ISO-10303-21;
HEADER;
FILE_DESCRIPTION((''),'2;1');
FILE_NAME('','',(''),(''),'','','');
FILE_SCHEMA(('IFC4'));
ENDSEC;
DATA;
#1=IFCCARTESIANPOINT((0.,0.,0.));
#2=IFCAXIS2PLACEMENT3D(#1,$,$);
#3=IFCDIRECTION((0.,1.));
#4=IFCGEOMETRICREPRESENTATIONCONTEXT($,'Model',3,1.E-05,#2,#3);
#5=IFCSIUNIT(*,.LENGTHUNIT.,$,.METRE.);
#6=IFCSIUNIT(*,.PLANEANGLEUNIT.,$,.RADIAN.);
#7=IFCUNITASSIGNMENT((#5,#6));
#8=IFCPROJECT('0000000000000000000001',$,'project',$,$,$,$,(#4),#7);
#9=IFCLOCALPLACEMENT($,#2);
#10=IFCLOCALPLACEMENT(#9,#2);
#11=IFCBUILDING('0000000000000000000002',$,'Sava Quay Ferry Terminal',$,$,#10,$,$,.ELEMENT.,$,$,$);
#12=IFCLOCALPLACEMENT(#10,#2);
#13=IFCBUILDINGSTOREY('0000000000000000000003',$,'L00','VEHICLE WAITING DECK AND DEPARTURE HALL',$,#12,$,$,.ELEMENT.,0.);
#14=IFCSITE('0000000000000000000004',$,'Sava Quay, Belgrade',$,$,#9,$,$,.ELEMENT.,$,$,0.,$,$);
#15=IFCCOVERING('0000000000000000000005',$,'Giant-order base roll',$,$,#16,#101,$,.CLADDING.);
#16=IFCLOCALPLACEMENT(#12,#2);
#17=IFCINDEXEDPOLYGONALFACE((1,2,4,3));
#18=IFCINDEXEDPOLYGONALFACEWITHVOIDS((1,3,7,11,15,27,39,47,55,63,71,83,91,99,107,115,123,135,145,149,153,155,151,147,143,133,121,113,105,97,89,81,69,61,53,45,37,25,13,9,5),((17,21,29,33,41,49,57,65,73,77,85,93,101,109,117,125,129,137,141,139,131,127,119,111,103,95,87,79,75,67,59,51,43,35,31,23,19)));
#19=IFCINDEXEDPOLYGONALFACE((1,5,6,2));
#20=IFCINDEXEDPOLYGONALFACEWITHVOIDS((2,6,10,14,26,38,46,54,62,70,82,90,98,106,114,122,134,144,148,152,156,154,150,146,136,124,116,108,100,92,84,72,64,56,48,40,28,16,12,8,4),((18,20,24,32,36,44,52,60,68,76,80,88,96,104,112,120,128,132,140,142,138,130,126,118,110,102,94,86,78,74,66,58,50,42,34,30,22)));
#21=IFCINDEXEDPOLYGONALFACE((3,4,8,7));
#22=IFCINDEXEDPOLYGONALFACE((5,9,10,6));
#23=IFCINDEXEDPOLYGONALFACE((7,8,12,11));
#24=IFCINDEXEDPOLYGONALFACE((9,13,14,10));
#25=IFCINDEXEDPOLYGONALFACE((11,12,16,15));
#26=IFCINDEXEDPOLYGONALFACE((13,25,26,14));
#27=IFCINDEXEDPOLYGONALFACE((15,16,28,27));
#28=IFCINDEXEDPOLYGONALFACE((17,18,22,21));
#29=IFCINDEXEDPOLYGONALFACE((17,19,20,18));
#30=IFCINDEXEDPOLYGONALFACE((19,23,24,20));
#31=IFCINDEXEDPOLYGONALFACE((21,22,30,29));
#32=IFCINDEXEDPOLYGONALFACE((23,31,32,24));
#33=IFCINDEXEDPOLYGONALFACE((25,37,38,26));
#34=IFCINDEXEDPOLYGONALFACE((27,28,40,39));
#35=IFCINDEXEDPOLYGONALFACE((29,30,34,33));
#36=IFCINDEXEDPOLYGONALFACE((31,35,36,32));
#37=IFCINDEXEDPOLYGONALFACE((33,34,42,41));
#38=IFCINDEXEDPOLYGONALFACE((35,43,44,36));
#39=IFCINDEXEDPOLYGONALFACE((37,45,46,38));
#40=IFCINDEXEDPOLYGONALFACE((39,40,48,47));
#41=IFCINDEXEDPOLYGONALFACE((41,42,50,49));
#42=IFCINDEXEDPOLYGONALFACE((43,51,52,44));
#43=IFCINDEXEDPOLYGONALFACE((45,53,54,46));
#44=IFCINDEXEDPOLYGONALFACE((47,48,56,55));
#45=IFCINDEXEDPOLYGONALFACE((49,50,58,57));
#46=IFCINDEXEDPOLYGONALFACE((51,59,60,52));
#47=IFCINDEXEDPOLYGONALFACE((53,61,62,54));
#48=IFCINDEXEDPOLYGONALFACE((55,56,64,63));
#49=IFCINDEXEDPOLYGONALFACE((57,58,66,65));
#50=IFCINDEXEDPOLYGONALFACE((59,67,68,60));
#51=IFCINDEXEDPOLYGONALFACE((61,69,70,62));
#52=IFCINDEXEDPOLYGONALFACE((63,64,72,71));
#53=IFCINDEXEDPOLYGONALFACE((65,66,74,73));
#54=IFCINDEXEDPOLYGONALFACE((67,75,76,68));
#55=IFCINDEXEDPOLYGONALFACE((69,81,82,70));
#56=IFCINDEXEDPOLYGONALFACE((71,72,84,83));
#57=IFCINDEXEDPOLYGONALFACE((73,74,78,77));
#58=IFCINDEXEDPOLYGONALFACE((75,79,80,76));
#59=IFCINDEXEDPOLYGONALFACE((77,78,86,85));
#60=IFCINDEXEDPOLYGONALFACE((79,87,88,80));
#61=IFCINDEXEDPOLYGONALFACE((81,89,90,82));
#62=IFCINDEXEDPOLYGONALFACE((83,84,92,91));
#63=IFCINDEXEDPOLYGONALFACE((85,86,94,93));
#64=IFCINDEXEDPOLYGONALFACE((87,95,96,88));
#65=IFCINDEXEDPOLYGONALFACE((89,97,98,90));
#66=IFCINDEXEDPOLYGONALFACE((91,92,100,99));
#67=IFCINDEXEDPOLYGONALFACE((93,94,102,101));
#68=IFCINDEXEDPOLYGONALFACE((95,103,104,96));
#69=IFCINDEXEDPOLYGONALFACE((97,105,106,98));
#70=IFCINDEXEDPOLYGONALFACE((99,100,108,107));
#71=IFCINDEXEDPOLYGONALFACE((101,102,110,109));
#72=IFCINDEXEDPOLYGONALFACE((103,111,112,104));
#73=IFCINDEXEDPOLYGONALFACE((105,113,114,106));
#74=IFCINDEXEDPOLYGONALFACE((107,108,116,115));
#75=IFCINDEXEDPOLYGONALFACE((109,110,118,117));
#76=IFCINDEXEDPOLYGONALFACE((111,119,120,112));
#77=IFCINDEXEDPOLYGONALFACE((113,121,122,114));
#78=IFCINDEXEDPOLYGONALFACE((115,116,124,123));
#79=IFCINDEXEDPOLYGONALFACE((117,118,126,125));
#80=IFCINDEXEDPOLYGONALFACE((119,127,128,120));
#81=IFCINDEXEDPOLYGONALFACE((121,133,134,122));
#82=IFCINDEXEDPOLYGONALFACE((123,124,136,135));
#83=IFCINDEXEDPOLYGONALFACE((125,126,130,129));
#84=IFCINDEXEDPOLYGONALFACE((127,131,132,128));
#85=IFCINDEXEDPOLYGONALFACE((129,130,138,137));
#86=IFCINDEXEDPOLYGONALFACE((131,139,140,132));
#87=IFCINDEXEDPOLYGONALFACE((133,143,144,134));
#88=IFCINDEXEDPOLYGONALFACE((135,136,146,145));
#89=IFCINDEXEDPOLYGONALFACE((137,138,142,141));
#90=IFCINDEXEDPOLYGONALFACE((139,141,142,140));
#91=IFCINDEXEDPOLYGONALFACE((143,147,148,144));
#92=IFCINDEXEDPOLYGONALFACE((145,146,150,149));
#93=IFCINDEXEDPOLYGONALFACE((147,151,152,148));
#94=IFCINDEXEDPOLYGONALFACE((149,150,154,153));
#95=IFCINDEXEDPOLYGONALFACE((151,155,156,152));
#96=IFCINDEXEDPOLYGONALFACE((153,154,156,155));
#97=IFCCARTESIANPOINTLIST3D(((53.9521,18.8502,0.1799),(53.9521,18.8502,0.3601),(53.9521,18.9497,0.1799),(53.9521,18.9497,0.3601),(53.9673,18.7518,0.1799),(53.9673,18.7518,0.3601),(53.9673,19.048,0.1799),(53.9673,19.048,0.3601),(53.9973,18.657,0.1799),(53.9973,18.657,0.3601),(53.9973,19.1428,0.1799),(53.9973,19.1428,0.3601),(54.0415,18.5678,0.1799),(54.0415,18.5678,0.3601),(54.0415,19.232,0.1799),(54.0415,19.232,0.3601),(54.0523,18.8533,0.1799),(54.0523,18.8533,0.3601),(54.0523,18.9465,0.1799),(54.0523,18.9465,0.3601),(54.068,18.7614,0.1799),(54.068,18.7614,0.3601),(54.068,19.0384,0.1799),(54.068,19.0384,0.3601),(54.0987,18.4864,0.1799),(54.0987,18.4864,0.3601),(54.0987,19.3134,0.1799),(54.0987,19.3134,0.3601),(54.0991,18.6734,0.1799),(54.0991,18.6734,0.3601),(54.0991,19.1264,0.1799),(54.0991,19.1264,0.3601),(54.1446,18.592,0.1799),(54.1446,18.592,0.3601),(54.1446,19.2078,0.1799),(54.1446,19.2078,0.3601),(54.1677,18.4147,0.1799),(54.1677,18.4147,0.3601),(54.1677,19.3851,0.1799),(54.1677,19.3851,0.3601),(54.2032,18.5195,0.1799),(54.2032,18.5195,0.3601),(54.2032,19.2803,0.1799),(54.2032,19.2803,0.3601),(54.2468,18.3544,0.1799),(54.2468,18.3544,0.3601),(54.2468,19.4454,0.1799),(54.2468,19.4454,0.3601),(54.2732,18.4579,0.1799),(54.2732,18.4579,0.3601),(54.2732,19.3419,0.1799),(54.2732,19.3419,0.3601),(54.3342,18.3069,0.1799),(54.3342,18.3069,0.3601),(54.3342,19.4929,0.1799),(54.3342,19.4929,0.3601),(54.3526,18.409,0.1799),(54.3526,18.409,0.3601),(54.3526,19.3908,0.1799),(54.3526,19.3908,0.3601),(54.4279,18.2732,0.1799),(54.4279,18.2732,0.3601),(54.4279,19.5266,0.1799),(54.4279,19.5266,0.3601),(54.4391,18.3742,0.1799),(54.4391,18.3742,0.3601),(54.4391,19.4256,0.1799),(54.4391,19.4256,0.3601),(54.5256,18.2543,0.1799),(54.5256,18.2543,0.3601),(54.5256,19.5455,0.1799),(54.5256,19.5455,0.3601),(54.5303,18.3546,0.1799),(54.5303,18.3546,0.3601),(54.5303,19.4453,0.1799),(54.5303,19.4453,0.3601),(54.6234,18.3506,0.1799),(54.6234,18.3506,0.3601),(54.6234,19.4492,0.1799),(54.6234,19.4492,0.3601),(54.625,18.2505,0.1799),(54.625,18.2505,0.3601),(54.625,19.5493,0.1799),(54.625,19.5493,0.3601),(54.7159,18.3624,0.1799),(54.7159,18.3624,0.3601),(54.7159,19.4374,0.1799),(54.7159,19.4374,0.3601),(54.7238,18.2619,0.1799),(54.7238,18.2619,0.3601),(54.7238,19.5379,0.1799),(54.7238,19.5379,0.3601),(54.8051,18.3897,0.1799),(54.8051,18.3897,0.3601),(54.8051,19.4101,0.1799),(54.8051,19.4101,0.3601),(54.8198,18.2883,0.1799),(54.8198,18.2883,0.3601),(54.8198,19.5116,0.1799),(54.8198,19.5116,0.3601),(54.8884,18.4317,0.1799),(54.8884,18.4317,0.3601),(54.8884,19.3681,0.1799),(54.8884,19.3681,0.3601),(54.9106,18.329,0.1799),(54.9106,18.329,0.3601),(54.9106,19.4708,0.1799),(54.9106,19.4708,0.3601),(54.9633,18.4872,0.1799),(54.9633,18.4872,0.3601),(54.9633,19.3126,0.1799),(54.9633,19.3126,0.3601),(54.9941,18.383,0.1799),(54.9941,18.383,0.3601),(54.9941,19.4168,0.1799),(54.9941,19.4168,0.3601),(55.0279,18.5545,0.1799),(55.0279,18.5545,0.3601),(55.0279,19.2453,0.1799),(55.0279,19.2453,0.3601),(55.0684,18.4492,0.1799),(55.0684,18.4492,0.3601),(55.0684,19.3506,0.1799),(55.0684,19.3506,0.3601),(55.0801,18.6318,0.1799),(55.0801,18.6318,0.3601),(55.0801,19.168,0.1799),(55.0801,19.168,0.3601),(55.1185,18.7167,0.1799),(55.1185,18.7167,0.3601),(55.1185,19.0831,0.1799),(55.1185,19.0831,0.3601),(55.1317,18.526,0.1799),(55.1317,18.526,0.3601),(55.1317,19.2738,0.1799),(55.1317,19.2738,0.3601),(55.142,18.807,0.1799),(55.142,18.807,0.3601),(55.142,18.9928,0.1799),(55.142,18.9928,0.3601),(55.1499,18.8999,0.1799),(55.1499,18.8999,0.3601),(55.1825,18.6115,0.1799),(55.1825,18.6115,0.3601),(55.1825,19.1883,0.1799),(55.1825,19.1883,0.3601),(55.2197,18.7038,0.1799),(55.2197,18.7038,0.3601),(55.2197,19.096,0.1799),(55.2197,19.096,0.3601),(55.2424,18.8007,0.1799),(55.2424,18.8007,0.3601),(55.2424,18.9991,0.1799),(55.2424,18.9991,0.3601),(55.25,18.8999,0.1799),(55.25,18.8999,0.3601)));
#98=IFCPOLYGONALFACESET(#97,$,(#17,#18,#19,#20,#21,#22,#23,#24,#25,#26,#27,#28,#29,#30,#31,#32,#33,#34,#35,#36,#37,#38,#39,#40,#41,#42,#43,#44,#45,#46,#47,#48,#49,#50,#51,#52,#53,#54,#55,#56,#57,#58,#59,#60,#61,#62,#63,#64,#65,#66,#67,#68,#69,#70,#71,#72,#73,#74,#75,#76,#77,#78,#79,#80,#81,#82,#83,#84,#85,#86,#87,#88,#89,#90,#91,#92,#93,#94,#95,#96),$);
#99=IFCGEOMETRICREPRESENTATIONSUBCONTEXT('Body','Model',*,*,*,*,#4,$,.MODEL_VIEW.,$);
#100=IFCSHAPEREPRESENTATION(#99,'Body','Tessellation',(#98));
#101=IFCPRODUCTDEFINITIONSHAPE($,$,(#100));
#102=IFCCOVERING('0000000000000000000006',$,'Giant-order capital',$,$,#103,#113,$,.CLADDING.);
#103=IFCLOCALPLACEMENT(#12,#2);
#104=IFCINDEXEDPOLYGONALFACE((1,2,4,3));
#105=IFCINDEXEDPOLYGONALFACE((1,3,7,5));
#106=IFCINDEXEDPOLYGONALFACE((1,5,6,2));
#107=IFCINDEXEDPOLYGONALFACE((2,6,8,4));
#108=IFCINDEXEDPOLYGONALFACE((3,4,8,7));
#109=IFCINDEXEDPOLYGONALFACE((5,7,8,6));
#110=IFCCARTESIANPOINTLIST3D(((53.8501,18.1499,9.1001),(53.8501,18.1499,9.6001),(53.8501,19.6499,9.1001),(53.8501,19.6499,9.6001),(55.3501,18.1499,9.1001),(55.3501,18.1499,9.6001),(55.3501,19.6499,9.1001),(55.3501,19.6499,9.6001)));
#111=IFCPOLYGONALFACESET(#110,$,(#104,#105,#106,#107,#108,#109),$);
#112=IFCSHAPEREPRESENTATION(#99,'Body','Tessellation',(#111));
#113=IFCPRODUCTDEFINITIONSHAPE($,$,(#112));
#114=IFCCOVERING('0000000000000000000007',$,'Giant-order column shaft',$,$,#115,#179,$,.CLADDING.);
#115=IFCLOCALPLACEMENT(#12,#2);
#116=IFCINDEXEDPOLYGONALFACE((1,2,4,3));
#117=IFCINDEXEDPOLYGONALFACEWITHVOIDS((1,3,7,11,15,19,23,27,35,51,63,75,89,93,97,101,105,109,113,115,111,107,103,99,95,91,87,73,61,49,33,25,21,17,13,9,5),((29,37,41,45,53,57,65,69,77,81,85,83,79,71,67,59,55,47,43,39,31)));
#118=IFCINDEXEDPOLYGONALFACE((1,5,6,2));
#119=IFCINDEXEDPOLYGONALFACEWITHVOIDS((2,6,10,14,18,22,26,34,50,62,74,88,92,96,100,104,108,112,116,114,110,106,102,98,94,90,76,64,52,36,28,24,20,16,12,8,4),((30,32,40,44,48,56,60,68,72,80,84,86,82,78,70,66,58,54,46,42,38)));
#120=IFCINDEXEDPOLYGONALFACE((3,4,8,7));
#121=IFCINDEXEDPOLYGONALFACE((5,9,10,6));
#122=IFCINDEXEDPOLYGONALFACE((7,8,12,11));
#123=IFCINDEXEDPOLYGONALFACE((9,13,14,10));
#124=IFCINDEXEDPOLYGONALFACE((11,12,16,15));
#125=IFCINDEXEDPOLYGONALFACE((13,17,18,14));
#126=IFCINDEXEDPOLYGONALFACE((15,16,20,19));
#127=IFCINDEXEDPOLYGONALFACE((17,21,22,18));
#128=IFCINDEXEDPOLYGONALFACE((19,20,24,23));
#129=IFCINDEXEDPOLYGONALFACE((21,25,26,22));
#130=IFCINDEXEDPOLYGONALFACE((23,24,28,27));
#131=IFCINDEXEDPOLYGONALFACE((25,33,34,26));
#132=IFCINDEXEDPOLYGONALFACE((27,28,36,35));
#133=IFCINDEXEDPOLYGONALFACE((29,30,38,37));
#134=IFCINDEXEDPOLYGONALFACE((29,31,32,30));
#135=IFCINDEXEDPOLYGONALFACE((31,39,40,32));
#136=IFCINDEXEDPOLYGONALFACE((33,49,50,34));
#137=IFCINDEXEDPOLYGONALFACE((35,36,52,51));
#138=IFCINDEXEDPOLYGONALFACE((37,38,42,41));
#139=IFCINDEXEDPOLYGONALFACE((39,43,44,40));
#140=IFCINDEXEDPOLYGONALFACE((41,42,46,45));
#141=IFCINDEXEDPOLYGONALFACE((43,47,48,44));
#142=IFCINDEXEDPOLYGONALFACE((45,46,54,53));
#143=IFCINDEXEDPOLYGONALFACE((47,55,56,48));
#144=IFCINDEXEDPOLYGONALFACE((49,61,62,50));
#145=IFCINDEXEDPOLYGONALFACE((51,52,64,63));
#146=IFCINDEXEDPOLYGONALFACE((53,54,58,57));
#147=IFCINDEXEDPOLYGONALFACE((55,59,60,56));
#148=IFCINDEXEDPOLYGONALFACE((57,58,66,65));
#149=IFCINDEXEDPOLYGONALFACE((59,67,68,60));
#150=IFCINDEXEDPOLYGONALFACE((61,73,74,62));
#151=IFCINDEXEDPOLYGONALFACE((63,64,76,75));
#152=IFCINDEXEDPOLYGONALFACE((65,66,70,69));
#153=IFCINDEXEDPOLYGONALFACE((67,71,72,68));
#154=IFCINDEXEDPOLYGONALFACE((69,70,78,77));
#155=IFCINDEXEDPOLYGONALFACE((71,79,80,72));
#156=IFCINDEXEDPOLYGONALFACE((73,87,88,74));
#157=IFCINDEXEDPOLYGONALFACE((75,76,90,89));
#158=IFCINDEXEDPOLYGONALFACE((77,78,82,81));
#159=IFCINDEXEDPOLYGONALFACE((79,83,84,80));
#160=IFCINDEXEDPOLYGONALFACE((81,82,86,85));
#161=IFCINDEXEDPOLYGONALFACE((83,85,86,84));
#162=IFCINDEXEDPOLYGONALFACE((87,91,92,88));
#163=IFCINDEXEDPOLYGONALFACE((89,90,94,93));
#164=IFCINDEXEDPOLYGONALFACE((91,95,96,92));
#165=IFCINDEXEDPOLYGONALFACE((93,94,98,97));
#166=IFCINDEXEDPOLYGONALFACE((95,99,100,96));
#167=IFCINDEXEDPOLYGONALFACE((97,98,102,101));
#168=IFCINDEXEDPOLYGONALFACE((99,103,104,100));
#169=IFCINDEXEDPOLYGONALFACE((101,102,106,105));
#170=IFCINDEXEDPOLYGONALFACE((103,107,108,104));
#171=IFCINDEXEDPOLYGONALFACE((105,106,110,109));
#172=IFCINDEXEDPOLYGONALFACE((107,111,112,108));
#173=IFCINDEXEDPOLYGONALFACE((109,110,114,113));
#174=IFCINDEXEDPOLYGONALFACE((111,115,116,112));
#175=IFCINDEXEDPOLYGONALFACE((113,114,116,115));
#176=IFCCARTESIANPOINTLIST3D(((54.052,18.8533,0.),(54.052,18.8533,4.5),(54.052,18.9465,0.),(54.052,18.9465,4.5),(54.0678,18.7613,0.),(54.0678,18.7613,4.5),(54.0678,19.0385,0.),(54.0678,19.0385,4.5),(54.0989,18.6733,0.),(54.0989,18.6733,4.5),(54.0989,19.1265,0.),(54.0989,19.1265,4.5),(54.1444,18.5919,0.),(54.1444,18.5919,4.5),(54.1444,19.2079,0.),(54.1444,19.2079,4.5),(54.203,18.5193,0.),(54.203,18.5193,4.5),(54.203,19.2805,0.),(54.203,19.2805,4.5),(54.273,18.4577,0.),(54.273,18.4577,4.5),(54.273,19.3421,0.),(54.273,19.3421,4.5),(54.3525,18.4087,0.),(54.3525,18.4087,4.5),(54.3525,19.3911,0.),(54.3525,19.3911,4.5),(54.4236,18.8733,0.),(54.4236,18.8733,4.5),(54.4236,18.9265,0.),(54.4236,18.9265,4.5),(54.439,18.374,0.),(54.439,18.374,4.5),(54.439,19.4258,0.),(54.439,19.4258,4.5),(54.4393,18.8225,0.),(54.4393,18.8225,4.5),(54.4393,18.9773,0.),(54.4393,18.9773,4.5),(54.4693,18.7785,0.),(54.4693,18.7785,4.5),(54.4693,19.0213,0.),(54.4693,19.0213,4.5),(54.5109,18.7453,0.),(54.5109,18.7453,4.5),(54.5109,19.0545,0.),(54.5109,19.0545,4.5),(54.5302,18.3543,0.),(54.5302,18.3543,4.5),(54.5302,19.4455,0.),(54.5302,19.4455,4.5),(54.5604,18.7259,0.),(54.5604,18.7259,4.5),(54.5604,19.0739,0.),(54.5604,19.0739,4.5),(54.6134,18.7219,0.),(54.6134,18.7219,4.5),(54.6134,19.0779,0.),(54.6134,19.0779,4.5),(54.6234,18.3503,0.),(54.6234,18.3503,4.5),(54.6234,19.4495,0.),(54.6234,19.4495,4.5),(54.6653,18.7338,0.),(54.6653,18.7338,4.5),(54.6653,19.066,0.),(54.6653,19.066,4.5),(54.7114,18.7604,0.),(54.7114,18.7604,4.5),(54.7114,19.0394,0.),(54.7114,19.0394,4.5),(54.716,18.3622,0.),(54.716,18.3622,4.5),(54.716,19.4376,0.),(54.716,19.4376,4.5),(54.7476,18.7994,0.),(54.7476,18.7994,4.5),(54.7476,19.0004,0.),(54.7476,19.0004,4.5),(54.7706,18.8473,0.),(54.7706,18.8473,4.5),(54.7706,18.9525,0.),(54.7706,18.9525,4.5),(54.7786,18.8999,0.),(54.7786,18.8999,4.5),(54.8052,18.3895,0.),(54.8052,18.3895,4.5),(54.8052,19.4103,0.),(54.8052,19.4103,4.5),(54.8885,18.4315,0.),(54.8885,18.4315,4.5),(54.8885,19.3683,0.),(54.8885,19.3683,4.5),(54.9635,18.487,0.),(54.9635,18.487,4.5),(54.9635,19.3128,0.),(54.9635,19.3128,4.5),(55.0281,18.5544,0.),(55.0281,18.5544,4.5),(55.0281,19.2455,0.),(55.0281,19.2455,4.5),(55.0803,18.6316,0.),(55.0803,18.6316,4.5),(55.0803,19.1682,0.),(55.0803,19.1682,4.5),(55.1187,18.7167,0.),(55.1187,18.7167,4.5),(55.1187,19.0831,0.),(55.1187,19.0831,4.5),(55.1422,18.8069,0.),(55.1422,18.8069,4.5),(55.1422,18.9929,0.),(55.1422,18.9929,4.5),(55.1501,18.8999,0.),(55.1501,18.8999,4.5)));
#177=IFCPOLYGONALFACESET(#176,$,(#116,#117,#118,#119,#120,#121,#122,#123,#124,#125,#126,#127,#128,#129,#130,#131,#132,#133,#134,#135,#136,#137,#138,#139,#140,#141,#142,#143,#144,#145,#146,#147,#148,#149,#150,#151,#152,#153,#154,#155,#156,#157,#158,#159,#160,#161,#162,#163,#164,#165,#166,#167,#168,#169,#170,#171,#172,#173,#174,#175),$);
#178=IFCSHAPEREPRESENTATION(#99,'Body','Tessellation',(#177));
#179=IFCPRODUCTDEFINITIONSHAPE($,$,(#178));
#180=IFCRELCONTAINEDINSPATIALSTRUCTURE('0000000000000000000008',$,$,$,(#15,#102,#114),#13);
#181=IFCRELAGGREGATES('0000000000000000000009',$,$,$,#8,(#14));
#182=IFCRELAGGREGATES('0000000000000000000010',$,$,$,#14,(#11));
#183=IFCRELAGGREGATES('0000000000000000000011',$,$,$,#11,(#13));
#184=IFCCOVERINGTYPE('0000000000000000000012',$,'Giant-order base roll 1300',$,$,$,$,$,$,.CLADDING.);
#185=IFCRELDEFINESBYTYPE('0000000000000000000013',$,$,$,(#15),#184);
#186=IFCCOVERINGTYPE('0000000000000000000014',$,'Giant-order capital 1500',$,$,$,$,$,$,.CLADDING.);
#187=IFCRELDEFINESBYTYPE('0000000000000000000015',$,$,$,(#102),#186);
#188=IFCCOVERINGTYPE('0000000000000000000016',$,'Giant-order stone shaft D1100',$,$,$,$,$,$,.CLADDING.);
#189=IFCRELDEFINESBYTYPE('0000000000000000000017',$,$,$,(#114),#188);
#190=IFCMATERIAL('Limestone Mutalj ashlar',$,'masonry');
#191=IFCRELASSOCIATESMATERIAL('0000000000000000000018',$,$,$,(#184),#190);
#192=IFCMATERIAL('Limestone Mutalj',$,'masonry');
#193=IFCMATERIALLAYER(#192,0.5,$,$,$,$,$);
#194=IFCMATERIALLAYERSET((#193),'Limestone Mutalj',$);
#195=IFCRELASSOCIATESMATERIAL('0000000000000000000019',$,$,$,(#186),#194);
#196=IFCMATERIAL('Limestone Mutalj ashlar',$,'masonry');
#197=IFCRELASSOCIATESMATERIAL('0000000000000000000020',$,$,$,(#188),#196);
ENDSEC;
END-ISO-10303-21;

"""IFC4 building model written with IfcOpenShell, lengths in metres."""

from ifc_helpers import new_model, si_unit, direction, frame, origin, origin_2d, place, context, subcontext, project, spatial, rectangle, hollow_circle, extrude, material, layer, layer_set, material_profile, profile_set, type_object, element, save


model = new_model("IFC4")

# Units and contexts
model_context = context("Model", 3, precision=1e-05, world=origin(), true_north=direction((0.0, 1.0)))
body_context = subcontext(model_context, "Body", "Model", "MODEL_VIEW")
ifc_project = project(units=[si_unit("LENGTHUNIT", "METRE"), si_unit("PLANEANGLEUNIT", "RADIAN")], contexts=[model_context])

# Site, building, storey
site_placement = place(None, origin())
site = spatial("IfcSite", under=ifc_project, at=site_placement, Name="Sava Quay, Belgrade", CompositionType="ELEMENT", RefElevation=0.0)
building_placement = place(site_placement, origin())
building = spatial("IfcBuilding", under=site, at=building_placement, Name="Sava Quay Ferry Terminal", CompositionType="ELEMENT")
storey_placement = place(building_placement, origin())
storey = spatial("IfcBuildingStorey", under=building, at=storey_placement, Name="L00", Description="VEHICLE WAITING DECK AND DEPARTURE HALL", CompositionType="ELEMENT", Elevation=0.0)

# Coverings
ifc_material_1 = material(Name="Limestone Mutalj ashlar", Category="masonry")
ifc_material_profile_1 = material_profile(ifc_material_1, hollow_circle(Radius=0.6499, WallThickness=0.1001, at=origin_2d()), Name="Base roll 1300")
ifc_profile_set_1 = profile_set([ifc_material_profile_1], Name="Limestone Mutalj ashlar")
covering_type_1 = type_object("IfcCoveringType", Name="Giant-order base roll 1300", PredefinedType="CLADDING", material=ifc_profile_set_1)
covering_1_placement = place(storey_placement, frame((54.6001, 18.8999, 0.1799), z_axis=(0.0, 0.0, 1.0), x_axis=(1.0, 0.0, 0.0)))
element("IfcCovering", 1, at=covering_1_placement, inside=storey, type_object=covering_type_1, Name="Giant-order base roll", PredefinedType="CLADDING", context=body_context, shape_type="SweptSolid", body=[
    extrude(hollow_circle(Radius=0.6499, WallThickness=0.1001, at=origin_2d()), origin(), (0.0, 0.0, 1.0), 0.1802),
])
ifc_material_2 = material(Name="Limestone Mutalj", Category="masonry")
ifc_layer_1 = layer(ifc_material_2, 0.5)
ifc_layer_set_1 = layer_set([ifc_layer_1], Name="Limestone Mutalj")
covering_type_2 = type_object("IfcCoveringType", Name="Giant-order capital 1500", PredefinedType="CLADDING", material=ifc_layer_set_1)
covering_2_placement = place(storey_placement, frame((54.6001, 18.8999, 9.1001), z_axis=(0.0, 0.0, 1.0), x_axis=(1.0, 0.0, 0.0)))
element("IfcCovering", 2, at=covering_2_placement, inside=storey, type_object=covering_type_2, Name="Giant-order capital", PredefinedType="CLADDING", context=body_context, shape_type="SweptSolid", body=[
    extrude(rectangle(XDim=1.5, YDim=1.5, at=origin_2d()), origin(), (0.0, 0.0, 1.0), 0.5),
])
ifc_material_3 = material(Name="Limestone Mutalj ashlar", Category="masonry")
ifc_material_profile_2 = material_profile(ifc_material_3, hollow_circle(Radius=0.55, WallThickness=0.3716, at=origin_2d()), Name="Stone shaft D1100")
ifc_profile_set_2 = profile_set([ifc_material_profile_2], Name="Limestone Mutalj ashlar")
covering_type_3 = type_object("IfcCoveringType", Name="Giant-order stone shaft D1100", PredefinedType="CLADDING", material=ifc_profile_set_2)
covering_3_placement = place(storey_placement, frame((54.6001, 18.8999, 0.0), z_axis=(0.0, 0.0, 1.0), x_axis=(1.0, 0.0, 0.0)))
element("IfcCovering", 3, at=covering_3_placement, inside=storey, type_object=covering_type_3, Name="Giant-order column shaft", PredefinedType="CLADDING", context=body_context, shape_type="SweptSolid", body=[
    extrude(hollow_circle(Radius=0.55, WallThickness=0.3716, at=origin_2d()), origin(), (0.0, 0.0, 1.0), 4.5),
])

save(model, "model.ifc")
